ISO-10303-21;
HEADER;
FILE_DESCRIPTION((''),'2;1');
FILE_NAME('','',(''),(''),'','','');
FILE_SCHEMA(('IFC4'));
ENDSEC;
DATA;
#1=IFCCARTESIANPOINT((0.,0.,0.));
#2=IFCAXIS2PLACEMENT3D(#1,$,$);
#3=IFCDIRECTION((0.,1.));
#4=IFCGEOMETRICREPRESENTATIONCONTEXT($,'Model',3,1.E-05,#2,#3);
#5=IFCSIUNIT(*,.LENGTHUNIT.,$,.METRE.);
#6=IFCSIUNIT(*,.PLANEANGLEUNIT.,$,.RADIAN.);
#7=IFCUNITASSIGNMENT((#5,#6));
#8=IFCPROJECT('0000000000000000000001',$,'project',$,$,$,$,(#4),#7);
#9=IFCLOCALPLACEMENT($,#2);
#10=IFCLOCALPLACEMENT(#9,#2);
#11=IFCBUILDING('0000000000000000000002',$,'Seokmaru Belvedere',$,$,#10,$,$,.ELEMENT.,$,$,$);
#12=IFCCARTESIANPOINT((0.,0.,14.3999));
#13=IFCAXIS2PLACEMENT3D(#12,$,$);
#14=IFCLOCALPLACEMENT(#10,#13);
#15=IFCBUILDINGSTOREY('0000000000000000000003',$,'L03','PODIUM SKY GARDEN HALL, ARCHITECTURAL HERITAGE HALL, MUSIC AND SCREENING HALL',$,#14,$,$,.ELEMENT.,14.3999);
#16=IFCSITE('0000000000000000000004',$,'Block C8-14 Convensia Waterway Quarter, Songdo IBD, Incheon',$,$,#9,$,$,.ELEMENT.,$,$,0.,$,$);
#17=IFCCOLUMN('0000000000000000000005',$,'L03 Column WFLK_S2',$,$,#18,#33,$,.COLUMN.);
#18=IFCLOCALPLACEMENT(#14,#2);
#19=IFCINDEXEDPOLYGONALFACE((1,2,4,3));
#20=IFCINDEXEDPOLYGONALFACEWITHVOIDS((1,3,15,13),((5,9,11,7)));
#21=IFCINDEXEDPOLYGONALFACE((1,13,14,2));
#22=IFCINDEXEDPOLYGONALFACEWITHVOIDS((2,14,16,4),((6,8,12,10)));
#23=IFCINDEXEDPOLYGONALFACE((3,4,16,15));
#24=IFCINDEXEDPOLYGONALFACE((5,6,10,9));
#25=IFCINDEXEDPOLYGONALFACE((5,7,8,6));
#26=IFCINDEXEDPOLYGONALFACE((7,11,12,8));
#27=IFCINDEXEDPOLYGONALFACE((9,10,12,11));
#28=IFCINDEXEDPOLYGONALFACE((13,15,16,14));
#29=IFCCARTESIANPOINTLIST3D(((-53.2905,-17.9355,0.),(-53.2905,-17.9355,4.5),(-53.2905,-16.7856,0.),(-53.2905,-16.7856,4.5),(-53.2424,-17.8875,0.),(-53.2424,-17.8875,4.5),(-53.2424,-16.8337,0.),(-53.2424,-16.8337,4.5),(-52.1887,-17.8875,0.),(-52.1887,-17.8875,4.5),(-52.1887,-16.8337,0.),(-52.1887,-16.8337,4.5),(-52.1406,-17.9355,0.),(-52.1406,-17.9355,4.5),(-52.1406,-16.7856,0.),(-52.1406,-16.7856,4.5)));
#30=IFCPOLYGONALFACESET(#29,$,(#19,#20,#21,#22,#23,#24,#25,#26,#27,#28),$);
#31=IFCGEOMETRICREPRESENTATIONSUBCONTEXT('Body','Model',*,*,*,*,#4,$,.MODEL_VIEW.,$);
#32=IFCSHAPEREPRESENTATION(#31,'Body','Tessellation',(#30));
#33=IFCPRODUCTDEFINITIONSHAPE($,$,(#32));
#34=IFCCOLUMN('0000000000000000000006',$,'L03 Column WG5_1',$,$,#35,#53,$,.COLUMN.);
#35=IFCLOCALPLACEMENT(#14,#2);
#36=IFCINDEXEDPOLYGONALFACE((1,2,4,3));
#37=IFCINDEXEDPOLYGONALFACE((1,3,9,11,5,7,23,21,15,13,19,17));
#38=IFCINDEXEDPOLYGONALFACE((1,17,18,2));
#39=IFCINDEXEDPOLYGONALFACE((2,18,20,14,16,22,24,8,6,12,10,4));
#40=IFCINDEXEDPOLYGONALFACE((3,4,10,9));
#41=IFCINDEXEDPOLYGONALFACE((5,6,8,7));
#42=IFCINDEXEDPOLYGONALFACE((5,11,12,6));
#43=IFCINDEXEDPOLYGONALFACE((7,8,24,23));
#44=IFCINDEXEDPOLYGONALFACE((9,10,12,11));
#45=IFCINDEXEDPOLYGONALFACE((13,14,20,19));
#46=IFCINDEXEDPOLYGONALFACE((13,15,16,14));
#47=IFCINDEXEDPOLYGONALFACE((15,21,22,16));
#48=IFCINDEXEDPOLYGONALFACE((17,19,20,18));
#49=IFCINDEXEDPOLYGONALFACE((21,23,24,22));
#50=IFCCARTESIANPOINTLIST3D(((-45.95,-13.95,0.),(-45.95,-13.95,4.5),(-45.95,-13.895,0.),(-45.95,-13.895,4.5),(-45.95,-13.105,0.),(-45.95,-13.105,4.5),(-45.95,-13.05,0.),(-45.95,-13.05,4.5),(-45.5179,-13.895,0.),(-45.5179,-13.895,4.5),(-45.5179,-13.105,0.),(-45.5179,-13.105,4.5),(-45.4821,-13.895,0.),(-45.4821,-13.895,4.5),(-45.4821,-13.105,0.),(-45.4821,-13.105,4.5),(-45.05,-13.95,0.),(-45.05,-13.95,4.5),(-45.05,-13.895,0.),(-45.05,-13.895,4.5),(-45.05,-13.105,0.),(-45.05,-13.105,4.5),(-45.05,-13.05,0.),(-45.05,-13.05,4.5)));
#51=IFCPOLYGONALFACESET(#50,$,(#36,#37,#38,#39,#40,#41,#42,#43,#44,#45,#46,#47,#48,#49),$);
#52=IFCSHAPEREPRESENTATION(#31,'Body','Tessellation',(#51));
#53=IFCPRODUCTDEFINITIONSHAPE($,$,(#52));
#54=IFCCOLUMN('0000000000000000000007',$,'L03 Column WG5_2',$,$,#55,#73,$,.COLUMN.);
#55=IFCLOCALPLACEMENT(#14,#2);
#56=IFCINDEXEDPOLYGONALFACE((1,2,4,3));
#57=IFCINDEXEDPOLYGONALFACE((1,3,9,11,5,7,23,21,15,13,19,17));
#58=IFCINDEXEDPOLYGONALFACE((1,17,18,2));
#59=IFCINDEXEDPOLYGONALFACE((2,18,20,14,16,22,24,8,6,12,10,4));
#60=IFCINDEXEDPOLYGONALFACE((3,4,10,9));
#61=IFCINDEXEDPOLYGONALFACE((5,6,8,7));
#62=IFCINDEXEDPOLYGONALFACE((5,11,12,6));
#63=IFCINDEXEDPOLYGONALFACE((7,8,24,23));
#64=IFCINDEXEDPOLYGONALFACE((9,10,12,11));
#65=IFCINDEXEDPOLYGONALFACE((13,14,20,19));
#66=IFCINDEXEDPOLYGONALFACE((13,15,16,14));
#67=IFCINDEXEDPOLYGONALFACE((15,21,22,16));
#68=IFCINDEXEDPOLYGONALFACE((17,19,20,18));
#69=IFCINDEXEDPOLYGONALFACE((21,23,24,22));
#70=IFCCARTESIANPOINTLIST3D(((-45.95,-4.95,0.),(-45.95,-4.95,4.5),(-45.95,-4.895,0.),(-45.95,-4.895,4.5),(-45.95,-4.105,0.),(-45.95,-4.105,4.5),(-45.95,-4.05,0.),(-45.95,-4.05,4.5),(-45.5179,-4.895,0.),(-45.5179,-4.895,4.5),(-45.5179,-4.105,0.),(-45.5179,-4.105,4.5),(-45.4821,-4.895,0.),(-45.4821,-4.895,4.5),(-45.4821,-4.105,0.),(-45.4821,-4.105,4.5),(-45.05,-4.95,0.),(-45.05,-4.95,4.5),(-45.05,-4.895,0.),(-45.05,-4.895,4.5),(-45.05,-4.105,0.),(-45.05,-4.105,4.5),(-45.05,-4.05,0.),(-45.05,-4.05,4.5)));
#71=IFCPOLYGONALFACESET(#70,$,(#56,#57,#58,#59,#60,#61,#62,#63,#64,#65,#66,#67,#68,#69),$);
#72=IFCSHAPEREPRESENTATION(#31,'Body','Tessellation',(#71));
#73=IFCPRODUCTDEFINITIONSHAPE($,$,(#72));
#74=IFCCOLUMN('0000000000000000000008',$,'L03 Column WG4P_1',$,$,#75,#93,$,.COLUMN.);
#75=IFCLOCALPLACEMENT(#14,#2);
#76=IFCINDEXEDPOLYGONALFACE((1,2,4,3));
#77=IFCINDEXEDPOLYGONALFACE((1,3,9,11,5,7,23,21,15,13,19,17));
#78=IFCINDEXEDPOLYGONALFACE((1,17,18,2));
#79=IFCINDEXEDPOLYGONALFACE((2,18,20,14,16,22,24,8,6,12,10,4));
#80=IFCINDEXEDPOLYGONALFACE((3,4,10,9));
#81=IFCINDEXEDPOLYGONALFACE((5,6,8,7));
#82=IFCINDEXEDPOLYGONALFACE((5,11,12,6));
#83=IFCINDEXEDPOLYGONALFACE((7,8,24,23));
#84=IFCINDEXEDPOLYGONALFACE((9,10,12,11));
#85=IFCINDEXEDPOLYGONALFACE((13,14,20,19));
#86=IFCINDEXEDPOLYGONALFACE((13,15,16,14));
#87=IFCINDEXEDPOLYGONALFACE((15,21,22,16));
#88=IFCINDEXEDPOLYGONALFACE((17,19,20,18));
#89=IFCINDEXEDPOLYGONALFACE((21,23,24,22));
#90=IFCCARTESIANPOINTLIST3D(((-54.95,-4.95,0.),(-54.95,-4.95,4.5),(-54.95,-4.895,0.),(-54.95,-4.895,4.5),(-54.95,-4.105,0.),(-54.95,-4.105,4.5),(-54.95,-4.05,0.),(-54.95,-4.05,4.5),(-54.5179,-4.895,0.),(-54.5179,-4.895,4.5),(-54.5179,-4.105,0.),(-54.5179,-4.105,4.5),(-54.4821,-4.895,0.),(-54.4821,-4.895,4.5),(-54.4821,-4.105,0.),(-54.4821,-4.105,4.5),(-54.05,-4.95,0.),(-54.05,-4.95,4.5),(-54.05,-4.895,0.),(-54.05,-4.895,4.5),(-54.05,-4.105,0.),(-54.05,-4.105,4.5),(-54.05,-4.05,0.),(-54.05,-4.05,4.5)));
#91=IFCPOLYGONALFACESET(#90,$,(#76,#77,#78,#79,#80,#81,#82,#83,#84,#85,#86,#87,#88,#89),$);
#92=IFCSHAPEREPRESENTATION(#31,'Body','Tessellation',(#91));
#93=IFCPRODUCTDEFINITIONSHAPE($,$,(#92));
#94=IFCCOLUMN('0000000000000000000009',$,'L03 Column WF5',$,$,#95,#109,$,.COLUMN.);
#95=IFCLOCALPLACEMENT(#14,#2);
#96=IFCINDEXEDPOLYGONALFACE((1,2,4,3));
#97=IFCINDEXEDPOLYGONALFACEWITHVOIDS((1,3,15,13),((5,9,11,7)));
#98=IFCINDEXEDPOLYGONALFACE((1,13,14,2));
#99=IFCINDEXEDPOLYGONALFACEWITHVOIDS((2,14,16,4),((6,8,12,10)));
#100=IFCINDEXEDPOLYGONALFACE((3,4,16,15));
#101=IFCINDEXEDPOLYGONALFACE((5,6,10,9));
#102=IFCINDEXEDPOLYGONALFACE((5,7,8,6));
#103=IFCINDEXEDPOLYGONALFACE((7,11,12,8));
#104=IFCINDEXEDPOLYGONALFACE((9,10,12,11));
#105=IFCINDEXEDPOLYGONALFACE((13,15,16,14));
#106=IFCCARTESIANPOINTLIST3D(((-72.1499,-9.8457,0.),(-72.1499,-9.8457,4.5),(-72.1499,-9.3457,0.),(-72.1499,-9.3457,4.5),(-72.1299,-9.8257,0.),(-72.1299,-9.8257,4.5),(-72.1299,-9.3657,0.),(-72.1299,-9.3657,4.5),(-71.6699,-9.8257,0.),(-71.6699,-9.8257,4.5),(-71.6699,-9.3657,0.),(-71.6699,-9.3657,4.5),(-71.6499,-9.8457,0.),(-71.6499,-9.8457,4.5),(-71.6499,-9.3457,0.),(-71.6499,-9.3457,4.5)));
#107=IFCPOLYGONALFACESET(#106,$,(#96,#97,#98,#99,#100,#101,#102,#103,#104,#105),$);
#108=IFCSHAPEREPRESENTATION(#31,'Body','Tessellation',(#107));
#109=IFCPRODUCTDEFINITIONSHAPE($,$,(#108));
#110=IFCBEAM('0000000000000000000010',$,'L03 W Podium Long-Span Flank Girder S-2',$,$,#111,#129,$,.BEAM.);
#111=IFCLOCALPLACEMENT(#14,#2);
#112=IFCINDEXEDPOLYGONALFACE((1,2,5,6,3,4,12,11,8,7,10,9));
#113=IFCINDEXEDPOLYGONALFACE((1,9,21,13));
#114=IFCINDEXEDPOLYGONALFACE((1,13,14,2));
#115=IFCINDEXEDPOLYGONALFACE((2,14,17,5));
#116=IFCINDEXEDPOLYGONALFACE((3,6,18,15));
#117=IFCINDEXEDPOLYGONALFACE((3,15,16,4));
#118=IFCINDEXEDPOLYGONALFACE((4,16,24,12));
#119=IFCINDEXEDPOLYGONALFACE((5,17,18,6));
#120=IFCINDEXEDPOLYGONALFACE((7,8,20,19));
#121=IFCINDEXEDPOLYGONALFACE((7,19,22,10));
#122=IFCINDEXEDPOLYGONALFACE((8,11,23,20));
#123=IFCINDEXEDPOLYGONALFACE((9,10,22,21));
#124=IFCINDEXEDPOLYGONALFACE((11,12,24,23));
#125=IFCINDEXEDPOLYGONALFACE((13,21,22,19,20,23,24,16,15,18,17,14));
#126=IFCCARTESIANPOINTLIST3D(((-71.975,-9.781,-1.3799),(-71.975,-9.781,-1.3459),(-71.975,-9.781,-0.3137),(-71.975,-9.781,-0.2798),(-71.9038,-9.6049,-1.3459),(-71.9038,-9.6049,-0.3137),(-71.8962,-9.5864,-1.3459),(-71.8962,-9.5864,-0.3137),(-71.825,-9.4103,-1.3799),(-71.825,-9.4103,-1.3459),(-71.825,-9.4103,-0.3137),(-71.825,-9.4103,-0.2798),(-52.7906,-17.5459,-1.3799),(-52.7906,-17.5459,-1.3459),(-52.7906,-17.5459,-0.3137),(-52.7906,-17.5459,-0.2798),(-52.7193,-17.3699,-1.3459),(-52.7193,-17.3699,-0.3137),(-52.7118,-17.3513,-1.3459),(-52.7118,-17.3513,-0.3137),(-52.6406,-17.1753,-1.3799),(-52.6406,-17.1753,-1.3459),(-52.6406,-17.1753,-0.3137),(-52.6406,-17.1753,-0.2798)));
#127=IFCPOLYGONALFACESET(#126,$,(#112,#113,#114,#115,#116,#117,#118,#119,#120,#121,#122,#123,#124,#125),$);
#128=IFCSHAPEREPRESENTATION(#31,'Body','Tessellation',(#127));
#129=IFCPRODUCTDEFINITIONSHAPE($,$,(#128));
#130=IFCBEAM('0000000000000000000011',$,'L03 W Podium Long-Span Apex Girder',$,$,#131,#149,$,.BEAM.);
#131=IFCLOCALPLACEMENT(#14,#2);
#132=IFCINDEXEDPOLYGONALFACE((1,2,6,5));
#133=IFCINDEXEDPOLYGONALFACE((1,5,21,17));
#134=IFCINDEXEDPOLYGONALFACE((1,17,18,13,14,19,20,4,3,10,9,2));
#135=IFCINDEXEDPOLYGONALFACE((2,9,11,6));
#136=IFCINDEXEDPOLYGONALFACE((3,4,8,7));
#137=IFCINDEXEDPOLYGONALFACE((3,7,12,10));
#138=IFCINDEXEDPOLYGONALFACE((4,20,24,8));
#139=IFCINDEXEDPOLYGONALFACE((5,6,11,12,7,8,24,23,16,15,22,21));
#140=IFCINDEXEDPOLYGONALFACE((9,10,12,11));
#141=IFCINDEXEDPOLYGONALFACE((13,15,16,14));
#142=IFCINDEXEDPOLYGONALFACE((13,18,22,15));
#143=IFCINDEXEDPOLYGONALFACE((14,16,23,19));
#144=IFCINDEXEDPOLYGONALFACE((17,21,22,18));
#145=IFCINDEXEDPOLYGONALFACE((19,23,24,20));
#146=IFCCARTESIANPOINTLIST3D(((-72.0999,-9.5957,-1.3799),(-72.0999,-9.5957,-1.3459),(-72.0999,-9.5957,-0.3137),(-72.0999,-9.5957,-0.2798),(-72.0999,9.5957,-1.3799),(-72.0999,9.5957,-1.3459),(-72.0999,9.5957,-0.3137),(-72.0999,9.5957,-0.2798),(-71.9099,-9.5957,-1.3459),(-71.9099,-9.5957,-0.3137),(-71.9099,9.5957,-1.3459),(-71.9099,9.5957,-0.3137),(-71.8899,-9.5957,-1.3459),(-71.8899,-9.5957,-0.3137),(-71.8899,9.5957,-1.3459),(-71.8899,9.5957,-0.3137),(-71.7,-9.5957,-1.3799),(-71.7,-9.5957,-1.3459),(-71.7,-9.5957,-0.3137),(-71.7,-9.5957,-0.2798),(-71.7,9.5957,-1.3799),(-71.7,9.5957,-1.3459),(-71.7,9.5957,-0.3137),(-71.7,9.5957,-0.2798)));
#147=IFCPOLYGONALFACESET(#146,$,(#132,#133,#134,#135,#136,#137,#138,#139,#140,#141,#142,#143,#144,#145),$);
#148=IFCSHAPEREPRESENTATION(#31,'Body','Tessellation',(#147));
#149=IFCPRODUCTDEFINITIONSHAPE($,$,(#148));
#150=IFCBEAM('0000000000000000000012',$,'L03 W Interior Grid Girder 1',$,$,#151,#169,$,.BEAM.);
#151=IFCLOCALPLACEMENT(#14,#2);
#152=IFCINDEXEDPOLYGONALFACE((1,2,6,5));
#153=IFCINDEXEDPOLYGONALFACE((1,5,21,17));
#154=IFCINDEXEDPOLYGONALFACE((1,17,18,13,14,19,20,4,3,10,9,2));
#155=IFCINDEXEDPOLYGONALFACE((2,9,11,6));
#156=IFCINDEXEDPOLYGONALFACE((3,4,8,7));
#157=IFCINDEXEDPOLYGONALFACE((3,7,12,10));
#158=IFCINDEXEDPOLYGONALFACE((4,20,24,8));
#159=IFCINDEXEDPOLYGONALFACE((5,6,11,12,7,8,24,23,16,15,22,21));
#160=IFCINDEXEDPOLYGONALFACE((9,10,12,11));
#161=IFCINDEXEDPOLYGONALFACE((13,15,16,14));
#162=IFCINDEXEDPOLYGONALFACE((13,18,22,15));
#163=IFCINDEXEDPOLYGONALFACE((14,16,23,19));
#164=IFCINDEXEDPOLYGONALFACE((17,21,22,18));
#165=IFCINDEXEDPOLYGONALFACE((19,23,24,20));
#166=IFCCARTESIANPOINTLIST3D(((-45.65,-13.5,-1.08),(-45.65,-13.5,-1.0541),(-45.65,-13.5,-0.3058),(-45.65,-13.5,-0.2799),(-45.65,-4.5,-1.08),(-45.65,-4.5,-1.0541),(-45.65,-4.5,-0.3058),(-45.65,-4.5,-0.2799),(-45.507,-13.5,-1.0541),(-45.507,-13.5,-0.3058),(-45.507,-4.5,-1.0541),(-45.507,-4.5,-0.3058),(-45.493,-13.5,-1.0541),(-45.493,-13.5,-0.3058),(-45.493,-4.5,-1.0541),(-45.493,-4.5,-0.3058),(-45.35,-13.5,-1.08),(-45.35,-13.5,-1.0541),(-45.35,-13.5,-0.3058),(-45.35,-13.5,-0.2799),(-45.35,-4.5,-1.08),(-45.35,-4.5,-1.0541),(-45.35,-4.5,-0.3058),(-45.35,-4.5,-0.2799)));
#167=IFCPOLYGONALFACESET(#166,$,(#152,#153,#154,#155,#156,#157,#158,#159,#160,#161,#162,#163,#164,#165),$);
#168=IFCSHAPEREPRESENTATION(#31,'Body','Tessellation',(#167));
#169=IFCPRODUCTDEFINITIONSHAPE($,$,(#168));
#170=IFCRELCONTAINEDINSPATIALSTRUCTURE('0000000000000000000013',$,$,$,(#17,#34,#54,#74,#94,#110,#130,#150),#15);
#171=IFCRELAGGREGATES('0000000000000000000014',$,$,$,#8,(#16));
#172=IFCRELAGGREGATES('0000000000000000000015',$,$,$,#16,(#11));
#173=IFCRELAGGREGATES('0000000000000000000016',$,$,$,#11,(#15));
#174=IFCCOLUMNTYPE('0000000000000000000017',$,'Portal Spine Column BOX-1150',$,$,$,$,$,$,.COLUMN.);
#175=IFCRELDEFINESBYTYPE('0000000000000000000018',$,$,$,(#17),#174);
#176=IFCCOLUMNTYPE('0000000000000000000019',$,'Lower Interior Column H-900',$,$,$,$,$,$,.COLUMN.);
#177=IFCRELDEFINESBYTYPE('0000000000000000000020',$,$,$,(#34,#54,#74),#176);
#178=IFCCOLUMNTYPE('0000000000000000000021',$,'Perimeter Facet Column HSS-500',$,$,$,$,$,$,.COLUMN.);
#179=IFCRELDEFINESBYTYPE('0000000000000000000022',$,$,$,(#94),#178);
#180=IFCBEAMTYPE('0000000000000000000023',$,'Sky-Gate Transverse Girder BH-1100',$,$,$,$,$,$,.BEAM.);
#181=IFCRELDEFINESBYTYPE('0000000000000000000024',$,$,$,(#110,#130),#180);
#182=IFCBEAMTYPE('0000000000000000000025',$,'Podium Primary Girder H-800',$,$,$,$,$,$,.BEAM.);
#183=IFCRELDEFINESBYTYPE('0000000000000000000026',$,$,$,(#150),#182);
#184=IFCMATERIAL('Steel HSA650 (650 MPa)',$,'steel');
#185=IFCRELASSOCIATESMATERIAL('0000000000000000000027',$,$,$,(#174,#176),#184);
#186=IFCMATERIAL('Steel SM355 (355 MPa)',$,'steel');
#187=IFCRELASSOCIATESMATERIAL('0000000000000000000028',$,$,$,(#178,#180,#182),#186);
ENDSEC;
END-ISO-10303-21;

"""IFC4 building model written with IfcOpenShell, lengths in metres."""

from ifc_helpers import new_model, si_unit, direction, frame, origin, origin_2d, place, context, subcontext, project, spatial, hollow_rectangle, i_section, extrude, source, transform, mapped, material, material_profile, profile_set, type_object, type_shapes, element, save


model = new_model("IFC4")

# Units and contexts
model_context = context("Model", 3, precision=1e-05, world=origin(), true_north=direction((0.0, 1.0)))
body_context = subcontext(model_context, "Body", "Model", "MODEL_VIEW")
ifc_project = project(units=[si_unit("LENGTHUNIT", "METRE"), si_unit("PLANEANGLEUNIT", "RADIAN")], contexts=[model_context])

# Site, building, storey
site_placement = place(None, origin())
site = spatial("IfcSite", under=ifc_project, at=site_placement, Name="Block C8-14 Convensia Waterway Quarter, Songdo IBD, Incheon", CompositionType="ELEMENT", RefElevation=0.0)
building_placement = place(site_placement, origin())
building = spatial("IfcBuilding", under=site, at=building_placement, Name="Seokmaru Belvedere", CompositionType="ELEMENT")
storey_placement = place(building_placement, frame((0.0, 0.0, 14.3999)))
storey = spatial("IfcBuildingStorey", under=building, at=storey_placement, Name="L03", Description="PODIUM SKY GARDEN HALL, ARCHITECTURAL HERITAGE HALL, MUSIC AND SCREENING HALL", CompositionType="ELEMENT", Elevation=14.3999)

# Columns
ifc_material_1 = material(Name="Steel HSA650 (650 MPa)", Category="steel")
ifc_material_profile_1 = material_profile(ifc_material_1, hollow_rectangle(XDim=1.1499, YDim=1.1499, WallThickness=0.0481, at=origin_2d()), Name="BOX-1150x1150x48")
ifc_profile_set_1 = profile_set([ifc_material_profile_1], Name="Steel HSA650 (650 MPa)")
column_type_1 = type_object("IfcColumnType", Name="Portal Spine Column BOX-1150", PredefinedType="COLUMN", material=ifc_profile_set_1)
shared_shape_1 = source(origin(), body_context, "Body", "SweptSolid", [
    extrude(hollow_rectangle(XDim=1.1499, YDim=1.1499, WallThickness=0.0481, at=origin_2d()), origin(), (0.0, 0.0, 1.0), 4.5),
])
type_shapes(column_type_1, [shared_shape_1])
column_1_placement = place(storey_placement, frame((-52.7156, -17.3606, 0.0), z_axis=(0.0, 0.0, 1.0), x_axis=(1.0, 0.0, 0.0)))
element("IfcColumn", 1, at=column_1_placement, inside=storey, type_object=column_type_1, Name="L03 Column WFLK_S2", PredefinedType="COLUMN", context=body_context, shape_type="MappedRepresentation", body=[
    mapped(shared_shape_1, transform((0.0, 0.0, 0.0), scale=1.0)),
])
ifc_material_profile_2 = material_profile(ifc_material_1, i_section(OverallWidth=0.8999, OverallDepth=0.8999, WebThickness=0.0359, FlangeThickness=0.0549, at=origin_2d()), Name="H-900x900x36x55")
ifc_profile_set_2 = profile_set([ifc_material_profile_2], Name="Steel HSA650 (650 MPa)")
column_type_2 = type_object("IfcColumnType", Name="Lower Interior Column H-900", PredefinedType="COLUMN", material=ifc_profile_set_2)
shared_shape_2 = source(origin(), body_context, "Body", "SweptSolid", [
    extrude(i_section(OverallWidth=0.8999, OverallDepth=0.8999, WebThickness=0.0359, FlangeThickness=0.0549, at=origin_2d()), origin(), (0.0, 0.0, 1.0), 4.5),
])
type_shapes(column_type_2, [shared_shape_2])
for number, where, z_axis, x_axis, name in (
    (2, (-45.5, -13.5, 0.0), (0.0, 0.0, 1.0), (1.0, 0.0, 0.0), "L03 Column WG5_1"),
    (3, (-45.5, -4.5, 0.0), (0.0, 0.0, 1.0), (1.0, 0.0, 0.0), "L03 Column WG5_2"),
    (4, (-54.5, -4.5, 0.0), (0.0, 0.0, 1.0), (1.0, 0.0, 0.0), "L03 Column WG4P_1"),
):
    element("IfcColumn", number, at=place(storey_placement, frame(where, z_axis=z_axis, x_axis=x_axis)), inside=storey, type_object=column_type_2, Name=name, PredefinedType="COLUMN", context=body_context, shape_type="MappedRepresentation", body=[
        mapped(shared_shape_2, transform((0.0, 0.0, 0.0), scale=1.0)),
    ])
ifc_material_2 = material(Name="Steel SM355 (355 MPa)", Category="steel")
ifc_material_profile_3 = material_profile(ifc_material_2, hollow_rectangle(XDim=0.5, YDim=0.5, WallThickness=0.02, at=origin_2d()), Name="HSS-500x500x20")
ifc_profile_set_3 = profile_set([ifc_material_profile_3], Name="Steel SM355 (355 MPa)")
column_type_3 = type_object("IfcColumnType", Name="Perimeter Facet Column HSS-500", PredefinedType="COLUMN", material=ifc_profile_set_3)
shared_shape_3 = source(origin(), body_context, "Body", "SweptSolid", [
    extrude(hollow_rectangle(XDim=0.5, YDim=0.5, WallThickness=0.02, at=origin_2d()), origin(), (0.0, 0.0, 1.0), 4.5),
])
type_shapes(column_type_3, [shared_shape_3])
column_2_placement = place(storey_placement, frame((-71.8999, -9.5957, 0.0), z_axis=(0.0, 0.0, 1.0), x_axis=(1.0, 0.0, 0.0)))
element("IfcColumn", 5, at=column_2_placement, inside=storey, type_object=column_type_3, Name="L03 Column WF5", PredefinedType="COLUMN", context=body_context, shape_type="MappedRepresentation", body=[
    mapped(shared_shape_3, transform((0.0, 0.0, 0.0), scale=1.0)),
])

# Beams
ifc_material_profile_4 = material_profile(ifc_material_2, i_section(OverallWidth=0.3999, OverallDepth=1.1001, WebThickness=0.02, FlangeThickness=0.0339, at=origin_2d()), Name="BH-1100x400x20x34")
ifc_profile_set_4 = profile_set([ifc_material_profile_4], Name="Steel SM355 (355 MPa)")
beam_type_1 = type_object("IfcBeamType", Name="Sky-Gate Transverse Girder BH-1100", PredefinedType="BEAM", material=ifc_profile_set_4)
shared_shape_4 = source(origin(), body_context, "Body", "SweptSolid", [
    extrude(i_section(OverallWidth=0.3999, OverallDepth=1.1001, WebThickness=0.02, FlangeThickness=0.0339, at=origin_2d()), origin(), (0.0, 0.0, 1.0), 20.6963),
])
beam_1_placement = place(storey_placement, frame((-52.7156, -17.3606, -0.8298), z_axis=(-0.92695, 0.375185, 0.0), x_axis=(-0.375185, -0.92695, 0.0)))
element("IfcBeam", 6, at=beam_1_placement, inside=storey, type_object=beam_type_1, Name="L03 W Podium Long-Span Flank Girder S-2", PredefinedType="BEAM", context=body_context, shape_type="MappedRepresentation", body=[
    mapped(shared_shape_4, transform((0.0, 0.0, 0.0), scale=1.0)),
])
shared_shape_5 = source(origin(), body_context, "Body", "SweptSolid", [
    extrude(i_section(OverallWidth=0.3999, OverallDepth=1.1001, WebThickness=0.02, FlangeThickness=0.0339, at=origin_2d()), origin(), (0.0, 0.0, 1.0), 19.1914),
])
type_shapes(beam_type_1, [shared_shape_4, shared_shape_5])
beam_2_placement = place(storey_placement, frame((-71.8999, -9.5957, -0.8298), z_axis=(0.0, 1.0, 0.0), x_axis=(-1.0, 0.0, 0.0)))
element("IfcBeam", 7, at=beam_2_placement, inside=storey, type_object=beam_type_1, Name="L03 W Podium Long-Span Apex Girder", PredefinedType="BEAM", context=body_context, shape_type="MappedRepresentation", body=[
    mapped(shared_shape_5, transform((0.0, 0.0, 0.0), scale=1.0)),
])
ifc_material_profile_5 = material_profile(ifc_material_2, i_section(OverallWidth=0.3, OverallDepth=0.8, WebThickness=0.0139, FlangeThickness=0.0259, at=origin_2d()), Name="H-800x300x14x26")
ifc_profile_set_5 = profile_set([ifc_material_profile_5], Name="Steel SM355 (355 MPa)")
beam_type_2 = type_object("IfcBeamType", Name="Podium Primary Girder H-800", PredefinedType="BEAM", material=ifc_profile_set_5)
shared_shape_6 = source(origin(), body_context, "Body", "SweptSolid", [
    extrude(i_section(OverallWidth=0.3, OverallDepth=0.8, WebThickness=0.0139, FlangeThickness=0.0259, at=origin_2d()), origin(), (0.0, 0.0, 1.0), 9.0),
])
for number, where, z_axis, x_axis, name in (
    (8, (-45.5, -13.5, -0.6799), (0.0, 1.0, 0.0), (-1.0, 0.0, 0.0), "L03 W Interior Grid Girder 1"),
):
    element("IfcBeam", number, at=place(storey_placement, frame(where, z_axis=z_axis, x_axis=x_axis)), inside=storey, type_object=beam_type_2, Name=name, PredefinedType="BEAM", context=body_context, shape_type="MappedRepresentation", body=[
        mapped(shared_shape_6, transform((0.0, 0.0, 0.0), scale=1.0)),
    ])

save(model, "model.ifc")
